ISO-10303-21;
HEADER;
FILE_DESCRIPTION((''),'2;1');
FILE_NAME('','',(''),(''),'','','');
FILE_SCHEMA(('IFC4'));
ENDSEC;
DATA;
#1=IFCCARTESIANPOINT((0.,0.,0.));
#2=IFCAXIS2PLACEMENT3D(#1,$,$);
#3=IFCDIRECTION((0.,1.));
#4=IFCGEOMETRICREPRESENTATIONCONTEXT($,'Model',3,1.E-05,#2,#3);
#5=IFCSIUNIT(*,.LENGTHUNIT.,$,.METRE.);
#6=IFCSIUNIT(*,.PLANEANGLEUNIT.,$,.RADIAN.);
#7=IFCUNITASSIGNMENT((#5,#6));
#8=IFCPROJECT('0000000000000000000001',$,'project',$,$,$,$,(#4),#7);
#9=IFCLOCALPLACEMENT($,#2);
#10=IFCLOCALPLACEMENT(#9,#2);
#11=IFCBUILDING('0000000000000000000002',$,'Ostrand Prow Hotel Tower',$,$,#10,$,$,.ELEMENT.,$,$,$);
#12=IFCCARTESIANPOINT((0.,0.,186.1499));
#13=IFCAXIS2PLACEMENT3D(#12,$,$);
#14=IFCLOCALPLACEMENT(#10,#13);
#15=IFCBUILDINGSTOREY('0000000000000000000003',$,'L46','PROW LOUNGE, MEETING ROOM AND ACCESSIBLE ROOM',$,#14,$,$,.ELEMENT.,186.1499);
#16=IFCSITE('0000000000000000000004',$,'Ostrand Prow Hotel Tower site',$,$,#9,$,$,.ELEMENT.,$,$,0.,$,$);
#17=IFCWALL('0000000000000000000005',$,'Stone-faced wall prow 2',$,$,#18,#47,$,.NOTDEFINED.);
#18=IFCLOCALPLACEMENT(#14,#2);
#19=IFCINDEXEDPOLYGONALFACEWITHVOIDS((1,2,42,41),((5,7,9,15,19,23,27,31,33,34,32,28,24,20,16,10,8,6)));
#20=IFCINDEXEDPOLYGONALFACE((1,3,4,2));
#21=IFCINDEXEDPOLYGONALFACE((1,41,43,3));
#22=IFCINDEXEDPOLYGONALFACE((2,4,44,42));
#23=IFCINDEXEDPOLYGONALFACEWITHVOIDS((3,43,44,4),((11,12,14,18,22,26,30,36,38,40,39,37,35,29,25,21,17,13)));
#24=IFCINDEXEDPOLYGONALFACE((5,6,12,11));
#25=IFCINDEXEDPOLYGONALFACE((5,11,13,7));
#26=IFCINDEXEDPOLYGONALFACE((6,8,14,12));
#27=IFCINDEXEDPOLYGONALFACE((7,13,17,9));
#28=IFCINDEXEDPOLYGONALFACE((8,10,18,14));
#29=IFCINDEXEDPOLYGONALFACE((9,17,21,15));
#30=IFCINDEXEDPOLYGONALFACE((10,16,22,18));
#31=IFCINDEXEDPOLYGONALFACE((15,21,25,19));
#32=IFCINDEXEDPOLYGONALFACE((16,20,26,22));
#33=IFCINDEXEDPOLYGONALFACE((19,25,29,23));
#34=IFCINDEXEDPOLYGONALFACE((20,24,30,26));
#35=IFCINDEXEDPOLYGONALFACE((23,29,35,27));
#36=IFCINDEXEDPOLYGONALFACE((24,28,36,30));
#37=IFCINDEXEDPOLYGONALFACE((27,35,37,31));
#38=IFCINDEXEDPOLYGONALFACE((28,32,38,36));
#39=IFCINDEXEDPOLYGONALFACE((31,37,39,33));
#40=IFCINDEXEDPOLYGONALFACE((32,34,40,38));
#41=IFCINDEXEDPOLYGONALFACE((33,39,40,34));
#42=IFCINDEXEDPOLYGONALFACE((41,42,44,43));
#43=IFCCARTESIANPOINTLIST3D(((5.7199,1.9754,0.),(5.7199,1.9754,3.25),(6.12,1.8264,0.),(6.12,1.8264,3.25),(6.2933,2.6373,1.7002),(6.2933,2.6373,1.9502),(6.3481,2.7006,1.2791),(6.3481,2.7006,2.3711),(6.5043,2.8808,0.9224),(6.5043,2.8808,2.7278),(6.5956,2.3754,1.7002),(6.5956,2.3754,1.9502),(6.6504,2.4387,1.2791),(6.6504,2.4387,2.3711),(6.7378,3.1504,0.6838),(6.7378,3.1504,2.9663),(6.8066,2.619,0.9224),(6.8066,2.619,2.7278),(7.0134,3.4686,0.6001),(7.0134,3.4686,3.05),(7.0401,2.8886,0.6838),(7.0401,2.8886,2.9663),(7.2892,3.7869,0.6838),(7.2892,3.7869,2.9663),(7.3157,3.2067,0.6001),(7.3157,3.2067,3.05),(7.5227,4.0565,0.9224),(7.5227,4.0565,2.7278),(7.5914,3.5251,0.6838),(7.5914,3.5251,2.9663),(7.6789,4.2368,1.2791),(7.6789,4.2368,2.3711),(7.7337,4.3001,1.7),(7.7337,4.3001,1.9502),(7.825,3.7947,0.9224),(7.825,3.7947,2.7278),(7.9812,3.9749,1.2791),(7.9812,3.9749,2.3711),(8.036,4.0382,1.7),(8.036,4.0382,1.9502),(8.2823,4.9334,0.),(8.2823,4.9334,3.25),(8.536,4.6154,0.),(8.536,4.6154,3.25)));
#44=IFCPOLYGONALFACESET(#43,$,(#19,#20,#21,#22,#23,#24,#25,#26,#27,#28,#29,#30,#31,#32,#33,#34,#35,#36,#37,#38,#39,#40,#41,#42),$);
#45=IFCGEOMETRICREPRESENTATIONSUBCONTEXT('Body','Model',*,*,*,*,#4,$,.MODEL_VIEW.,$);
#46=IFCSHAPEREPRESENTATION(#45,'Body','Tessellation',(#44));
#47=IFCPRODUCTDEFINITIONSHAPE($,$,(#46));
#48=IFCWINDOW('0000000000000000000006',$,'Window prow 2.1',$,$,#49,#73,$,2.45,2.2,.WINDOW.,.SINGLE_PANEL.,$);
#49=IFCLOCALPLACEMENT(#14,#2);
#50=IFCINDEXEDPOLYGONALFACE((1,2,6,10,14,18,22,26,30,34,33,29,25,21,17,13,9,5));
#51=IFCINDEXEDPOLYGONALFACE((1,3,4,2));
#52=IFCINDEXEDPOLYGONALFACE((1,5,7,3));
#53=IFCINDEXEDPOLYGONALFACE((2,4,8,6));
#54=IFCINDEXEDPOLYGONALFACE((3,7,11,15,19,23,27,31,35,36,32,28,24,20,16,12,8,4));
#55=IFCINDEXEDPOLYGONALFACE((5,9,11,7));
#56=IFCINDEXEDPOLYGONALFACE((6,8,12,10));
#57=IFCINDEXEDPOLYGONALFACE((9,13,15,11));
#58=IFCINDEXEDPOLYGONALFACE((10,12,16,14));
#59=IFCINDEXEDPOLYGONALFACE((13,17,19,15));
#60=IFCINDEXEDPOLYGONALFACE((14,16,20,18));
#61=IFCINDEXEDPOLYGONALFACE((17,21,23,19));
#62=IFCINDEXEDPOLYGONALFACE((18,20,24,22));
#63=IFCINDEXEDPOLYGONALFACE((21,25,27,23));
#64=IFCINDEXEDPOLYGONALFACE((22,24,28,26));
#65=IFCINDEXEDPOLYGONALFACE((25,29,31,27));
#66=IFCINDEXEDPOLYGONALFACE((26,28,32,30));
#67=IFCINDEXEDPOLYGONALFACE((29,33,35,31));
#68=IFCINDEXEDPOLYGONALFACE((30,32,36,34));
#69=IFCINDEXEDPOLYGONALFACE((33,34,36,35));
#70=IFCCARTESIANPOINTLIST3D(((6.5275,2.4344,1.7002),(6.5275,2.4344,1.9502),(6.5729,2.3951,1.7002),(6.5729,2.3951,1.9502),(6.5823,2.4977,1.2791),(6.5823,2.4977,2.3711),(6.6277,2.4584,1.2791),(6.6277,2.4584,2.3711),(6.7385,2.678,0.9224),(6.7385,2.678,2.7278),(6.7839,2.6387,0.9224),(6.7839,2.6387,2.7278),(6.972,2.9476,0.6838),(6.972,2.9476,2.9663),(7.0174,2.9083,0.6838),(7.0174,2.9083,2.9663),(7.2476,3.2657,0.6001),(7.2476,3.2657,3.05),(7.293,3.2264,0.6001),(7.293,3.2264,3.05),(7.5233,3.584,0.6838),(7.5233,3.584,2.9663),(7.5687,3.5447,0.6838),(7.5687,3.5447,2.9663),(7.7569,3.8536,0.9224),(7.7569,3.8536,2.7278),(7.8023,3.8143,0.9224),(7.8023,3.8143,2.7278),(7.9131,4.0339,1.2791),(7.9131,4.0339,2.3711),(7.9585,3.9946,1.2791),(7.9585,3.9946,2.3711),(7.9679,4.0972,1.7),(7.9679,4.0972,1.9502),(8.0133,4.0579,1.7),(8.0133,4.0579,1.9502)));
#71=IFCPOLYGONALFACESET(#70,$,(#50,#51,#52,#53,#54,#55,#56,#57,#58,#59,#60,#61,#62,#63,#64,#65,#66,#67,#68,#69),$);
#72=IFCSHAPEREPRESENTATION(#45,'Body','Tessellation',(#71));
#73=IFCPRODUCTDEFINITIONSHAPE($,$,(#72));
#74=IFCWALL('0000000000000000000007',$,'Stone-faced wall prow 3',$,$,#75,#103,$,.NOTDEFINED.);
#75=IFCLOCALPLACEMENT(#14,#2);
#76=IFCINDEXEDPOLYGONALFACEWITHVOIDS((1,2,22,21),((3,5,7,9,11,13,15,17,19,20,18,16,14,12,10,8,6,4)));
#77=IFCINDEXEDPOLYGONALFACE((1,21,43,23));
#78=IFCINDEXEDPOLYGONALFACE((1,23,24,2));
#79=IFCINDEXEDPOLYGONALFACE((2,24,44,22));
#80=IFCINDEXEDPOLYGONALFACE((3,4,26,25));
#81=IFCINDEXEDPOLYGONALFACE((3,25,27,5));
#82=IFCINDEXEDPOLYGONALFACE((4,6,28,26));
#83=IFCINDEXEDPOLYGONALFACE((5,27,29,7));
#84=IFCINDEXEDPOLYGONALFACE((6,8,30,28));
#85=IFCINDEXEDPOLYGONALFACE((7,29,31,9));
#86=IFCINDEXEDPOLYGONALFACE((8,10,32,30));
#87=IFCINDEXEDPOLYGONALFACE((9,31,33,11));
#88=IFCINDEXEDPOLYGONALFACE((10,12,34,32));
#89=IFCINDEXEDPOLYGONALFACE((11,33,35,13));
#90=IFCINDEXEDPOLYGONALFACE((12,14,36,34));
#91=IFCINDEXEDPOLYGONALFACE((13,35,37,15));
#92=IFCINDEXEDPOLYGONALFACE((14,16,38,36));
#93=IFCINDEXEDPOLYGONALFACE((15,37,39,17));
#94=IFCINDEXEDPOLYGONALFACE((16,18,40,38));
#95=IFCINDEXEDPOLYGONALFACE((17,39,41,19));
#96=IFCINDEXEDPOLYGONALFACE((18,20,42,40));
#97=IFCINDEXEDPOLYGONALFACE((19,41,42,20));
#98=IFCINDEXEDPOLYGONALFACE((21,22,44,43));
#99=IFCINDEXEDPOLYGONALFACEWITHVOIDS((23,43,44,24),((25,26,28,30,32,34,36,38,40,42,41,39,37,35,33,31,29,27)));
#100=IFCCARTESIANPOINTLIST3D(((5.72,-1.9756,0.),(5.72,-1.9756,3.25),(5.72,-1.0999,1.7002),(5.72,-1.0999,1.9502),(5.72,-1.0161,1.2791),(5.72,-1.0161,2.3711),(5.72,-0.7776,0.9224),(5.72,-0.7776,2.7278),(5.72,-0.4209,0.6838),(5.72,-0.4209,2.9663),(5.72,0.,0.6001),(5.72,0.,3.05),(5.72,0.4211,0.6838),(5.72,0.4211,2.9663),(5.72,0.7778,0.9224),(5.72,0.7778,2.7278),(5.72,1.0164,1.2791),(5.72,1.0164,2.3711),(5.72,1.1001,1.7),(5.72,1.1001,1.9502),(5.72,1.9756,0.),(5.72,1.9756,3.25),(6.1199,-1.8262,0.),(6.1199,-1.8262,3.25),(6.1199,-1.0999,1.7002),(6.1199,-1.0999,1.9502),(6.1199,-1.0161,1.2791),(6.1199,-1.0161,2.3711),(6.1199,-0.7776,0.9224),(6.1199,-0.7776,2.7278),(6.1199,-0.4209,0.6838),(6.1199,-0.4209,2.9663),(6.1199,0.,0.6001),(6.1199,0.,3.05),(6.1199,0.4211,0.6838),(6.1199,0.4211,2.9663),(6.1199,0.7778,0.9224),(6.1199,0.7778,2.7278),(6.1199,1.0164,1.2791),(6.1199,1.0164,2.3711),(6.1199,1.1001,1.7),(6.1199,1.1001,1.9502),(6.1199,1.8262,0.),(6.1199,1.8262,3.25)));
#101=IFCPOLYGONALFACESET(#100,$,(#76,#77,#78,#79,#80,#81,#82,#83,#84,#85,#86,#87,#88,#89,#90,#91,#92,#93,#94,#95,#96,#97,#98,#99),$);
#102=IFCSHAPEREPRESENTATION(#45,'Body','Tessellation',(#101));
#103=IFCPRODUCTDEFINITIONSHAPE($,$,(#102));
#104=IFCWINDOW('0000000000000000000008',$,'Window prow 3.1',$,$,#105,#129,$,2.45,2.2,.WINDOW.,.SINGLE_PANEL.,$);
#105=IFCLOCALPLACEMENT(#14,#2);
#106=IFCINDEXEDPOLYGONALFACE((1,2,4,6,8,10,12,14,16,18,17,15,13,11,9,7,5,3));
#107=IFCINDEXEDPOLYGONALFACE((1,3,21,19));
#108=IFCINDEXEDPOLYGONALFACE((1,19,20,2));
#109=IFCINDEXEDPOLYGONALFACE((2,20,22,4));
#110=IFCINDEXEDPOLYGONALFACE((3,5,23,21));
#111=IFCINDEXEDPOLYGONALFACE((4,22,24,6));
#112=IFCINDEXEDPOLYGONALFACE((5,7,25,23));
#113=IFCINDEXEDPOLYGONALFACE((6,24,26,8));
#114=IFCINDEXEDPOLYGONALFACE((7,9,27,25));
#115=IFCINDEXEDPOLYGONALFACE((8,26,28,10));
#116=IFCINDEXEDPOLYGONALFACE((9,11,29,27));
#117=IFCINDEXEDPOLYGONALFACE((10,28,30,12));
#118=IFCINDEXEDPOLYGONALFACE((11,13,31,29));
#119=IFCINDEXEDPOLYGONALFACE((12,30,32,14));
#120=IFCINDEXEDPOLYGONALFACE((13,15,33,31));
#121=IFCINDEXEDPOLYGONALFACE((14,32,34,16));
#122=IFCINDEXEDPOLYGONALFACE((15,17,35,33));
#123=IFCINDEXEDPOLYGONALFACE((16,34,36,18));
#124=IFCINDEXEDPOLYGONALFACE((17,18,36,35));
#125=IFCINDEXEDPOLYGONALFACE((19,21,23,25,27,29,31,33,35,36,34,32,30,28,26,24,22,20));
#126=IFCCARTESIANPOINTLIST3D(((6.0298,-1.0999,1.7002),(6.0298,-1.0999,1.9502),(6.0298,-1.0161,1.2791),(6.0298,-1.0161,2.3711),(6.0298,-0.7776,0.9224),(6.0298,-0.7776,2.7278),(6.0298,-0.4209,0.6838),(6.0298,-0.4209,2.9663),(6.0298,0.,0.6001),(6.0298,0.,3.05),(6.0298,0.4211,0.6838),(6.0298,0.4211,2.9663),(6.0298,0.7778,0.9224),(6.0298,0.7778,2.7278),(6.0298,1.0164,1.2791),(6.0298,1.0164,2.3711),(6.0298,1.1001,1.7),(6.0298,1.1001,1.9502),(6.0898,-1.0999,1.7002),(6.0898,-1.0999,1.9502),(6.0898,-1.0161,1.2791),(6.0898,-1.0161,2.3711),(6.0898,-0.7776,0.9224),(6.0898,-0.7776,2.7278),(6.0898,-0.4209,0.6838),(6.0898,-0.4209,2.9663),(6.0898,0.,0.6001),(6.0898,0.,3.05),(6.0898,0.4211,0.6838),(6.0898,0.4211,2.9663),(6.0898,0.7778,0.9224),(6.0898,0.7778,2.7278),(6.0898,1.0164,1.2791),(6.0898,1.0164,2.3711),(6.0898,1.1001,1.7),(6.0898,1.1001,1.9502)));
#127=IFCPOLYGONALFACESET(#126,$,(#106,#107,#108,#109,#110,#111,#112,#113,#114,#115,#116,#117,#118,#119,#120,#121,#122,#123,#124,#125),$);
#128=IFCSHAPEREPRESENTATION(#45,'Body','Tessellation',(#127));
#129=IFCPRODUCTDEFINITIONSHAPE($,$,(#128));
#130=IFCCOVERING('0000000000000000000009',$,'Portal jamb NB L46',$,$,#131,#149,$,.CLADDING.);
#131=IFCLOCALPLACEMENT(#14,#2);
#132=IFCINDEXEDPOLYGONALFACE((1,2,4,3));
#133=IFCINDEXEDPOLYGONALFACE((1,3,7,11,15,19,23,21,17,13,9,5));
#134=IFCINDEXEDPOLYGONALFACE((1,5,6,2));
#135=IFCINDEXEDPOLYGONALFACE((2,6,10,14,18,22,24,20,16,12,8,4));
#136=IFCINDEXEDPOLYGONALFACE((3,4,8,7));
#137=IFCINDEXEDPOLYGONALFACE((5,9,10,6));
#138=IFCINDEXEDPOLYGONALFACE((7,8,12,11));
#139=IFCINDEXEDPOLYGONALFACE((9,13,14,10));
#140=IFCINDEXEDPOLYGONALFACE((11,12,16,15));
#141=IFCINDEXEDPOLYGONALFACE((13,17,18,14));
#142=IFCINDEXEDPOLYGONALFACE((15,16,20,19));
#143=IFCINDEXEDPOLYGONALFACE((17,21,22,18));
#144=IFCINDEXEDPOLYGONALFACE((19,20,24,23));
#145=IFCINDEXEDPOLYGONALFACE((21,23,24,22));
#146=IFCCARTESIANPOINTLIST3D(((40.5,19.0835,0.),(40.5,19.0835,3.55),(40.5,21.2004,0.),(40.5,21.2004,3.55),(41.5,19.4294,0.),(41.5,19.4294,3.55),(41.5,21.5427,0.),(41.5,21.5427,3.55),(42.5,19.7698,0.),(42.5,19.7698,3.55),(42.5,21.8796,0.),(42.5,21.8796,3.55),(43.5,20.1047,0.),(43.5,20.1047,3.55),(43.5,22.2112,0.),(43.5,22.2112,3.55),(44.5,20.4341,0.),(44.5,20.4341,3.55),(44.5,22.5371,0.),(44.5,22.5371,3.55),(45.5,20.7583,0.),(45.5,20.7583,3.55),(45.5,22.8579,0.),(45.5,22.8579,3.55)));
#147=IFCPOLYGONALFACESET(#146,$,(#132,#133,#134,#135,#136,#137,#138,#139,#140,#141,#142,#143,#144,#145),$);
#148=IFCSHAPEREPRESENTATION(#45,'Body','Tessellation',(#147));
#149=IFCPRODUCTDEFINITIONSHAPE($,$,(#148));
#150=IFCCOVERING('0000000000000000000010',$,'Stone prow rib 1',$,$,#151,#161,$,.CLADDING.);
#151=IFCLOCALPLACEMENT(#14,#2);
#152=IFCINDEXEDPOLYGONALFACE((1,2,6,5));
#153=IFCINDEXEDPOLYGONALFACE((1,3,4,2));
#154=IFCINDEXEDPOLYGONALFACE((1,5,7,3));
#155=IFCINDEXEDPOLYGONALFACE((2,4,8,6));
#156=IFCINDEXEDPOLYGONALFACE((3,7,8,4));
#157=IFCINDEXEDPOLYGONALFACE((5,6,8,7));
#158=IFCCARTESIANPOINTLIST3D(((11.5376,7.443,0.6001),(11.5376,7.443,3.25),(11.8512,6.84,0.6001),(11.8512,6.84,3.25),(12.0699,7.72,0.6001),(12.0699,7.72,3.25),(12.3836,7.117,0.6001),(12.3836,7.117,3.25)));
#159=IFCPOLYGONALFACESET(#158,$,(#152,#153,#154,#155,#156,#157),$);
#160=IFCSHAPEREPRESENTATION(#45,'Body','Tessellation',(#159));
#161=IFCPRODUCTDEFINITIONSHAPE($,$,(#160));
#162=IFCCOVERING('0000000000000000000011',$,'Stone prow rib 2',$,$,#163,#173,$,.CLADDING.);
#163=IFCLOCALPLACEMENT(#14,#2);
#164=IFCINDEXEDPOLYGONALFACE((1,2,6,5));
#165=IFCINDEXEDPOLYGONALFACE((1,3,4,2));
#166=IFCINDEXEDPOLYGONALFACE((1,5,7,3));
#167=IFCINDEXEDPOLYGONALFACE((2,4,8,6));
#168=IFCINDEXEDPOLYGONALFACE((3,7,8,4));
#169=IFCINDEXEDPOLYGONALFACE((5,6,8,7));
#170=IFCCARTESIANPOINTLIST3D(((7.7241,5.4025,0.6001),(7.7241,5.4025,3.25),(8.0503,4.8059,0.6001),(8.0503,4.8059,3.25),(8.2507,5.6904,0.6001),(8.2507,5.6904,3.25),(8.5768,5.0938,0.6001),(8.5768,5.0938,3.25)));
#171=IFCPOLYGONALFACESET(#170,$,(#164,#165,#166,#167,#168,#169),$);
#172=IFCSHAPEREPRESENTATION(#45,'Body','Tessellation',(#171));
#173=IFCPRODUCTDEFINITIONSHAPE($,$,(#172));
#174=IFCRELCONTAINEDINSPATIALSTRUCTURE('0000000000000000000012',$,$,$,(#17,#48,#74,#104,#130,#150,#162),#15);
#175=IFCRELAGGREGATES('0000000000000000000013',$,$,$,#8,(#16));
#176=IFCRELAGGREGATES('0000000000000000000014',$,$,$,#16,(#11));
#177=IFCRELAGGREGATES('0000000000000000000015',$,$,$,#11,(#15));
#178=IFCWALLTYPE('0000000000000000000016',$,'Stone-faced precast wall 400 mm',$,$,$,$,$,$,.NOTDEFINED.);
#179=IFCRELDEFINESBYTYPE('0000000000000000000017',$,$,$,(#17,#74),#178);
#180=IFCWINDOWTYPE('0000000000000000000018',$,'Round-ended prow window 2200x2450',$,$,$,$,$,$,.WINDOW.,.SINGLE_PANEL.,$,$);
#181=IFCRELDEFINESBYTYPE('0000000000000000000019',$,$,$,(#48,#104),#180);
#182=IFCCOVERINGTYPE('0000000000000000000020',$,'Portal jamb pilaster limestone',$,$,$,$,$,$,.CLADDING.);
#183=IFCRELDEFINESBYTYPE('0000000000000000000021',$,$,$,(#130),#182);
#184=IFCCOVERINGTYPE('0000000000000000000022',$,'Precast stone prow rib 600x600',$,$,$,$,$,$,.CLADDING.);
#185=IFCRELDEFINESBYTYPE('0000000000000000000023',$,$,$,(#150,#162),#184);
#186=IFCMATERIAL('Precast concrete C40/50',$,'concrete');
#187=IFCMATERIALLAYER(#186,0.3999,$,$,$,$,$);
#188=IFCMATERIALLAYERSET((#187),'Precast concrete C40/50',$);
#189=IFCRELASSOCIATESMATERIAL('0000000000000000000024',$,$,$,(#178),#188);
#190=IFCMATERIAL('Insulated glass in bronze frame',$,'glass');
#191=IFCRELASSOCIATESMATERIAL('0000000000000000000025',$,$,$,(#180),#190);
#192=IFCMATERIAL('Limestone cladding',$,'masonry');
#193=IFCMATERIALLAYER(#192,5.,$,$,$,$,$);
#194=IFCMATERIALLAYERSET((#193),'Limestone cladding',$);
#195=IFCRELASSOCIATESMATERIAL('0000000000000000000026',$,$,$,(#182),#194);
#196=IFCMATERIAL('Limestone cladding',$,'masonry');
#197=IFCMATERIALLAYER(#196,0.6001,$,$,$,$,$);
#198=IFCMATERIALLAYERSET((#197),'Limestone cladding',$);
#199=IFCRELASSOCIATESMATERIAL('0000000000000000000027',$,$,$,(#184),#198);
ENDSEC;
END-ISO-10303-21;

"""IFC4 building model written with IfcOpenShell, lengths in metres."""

from ifc_helpers import new_model, si_unit, direction, frame, frame_2d, origin, place, context, subcontext, project, spatial, polyline, rectangle, outline, extrude, material, layer, layer_set, type_object, element, fill, save


model = new_model("IFC4")

# Units and contexts
model_context = context("Model", 3, precision=1e-05, world=origin(), true_north=direction((0.0, 1.0)))
body_context = subcontext(model_context, "Body", "Model", "MODEL_VIEW")
ifc_project = project(units=[si_unit("LENGTHUNIT", "METRE"), si_unit("PLANEANGLEUNIT", "RADIAN")], contexts=[model_context])

# Site, building, storey
site_placement = place(None, origin())
site = spatial("IfcSite", under=ifc_project, at=site_placement, Name="Ostrand Prow Hotel Tower site", CompositionType="ELEMENT", RefElevation=0.0)
building_placement = place(site_placement, origin())
building = spatial("IfcBuilding", under=site, at=building_placement, Name="Ostrand Prow Hotel Tower", CompositionType="ELEMENT")
storey_placement = place(building_placement, frame((0.0, 0.0, 186.1499)))
storey = spatial("IfcBuildingStorey", under=building, at=storey_placement, Name="L46", Description="PROW LOUNGE, MEETING ROOM AND ACCESSIBLE ROOM", CompositionType="ELEMENT", Elevation=186.1499)

# Walls, openings, windows
ifc_material_1 = material(Name="Precast concrete C40/50", Category="concrete")
ifc_layer_1 = layer(ifc_material_1, 0.3999)
ifc_layer_set_1 = layer_set([ifc_layer_1], Name="Precast concrete C40/50")
wall_type = type_object("IfcWallType", Name="Stone-faced precast wall 400 mm", PredefinedType="NOTDEFINED", material=ifc_layer_set_1)
ifc_material_2 = material(Name="Insulated glass in bronze frame", Category="glass")
window_type = type_object("IfcWindowType", Name="Round-ended prow window 2200x2450", PartitioningType="SINGLE_PANEL", PredefinedType="WINDOW", material=ifc_material_2)
wall_1_placement = place(storey_placement, frame((8.4092, 4.7744, 0.0), z_axis=(0.0, 0.0, 1.0), x_axis=(-0.654759, -0.755837, 0.0)))
wall_1 = element("IfcWall", 1, at=wall_1_placement, inside=storey, type_object=wall_type, Name="Stone-faced wall prow 2", PredefinedType="NOTDEFINED", context=body_context, shape_type="SweptSolid", body=[
    extrude(outline(polyline([(-0.0371, -0.2), (3.8765, -0.2), (3.7271, 0.2), (0.0371, 0.2), (-0.0371, -0.2)])), origin(), (0.0, 0.0, 1.0), 3.25),
])
opening_1_placement = place(wall_1_placement, frame((0.8008, 0.0, 0.6001)))
opening_1 = element("IfcOpeningElement", 2, at=opening_1_placement, cuts=wall_1, PredefinedType="OPENING", context=body_context, shape_type="SweptSolid", body=[
    extrude(outline(polyline([(0.0, 1.3501), (0.0837, 1.771), (0.3223, 2.1277), (0.679, 2.3662), (1.1001, 2.45), (1.521, 2.3662), (1.8777, 2.1277), (2.1162, 1.771), (2.2, 1.3501), (2.2, 1.1001), (2.1162, 0.679), (1.8777, 0.3223), (1.521, 0.0837), (1.1001, 0.0), (0.679, 0.0837), (0.3223, 0.3223), (0.0837, 0.679), (0.0, 1.0999), (0.0, 1.3501)])), frame((0.0, 0.21, 0.0), z_axis=(0.0, -1.0, 0.0), x_axis=(1.0, 0.0, 0.0)), (0.0, 0.0, 1.0), 0.4199),
])
window_1_placement = place(opening_1_placement, origin())
window_1 = element("IfcWindow", 3, at=window_1_placement, inside=storey, type_object=window_type, Name="Window prow 2.1", OverallHeight=2.45, OverallWidth=2.2, PartitioningType="SINGLE_PANEL", PredefinedType="WINDOW", context=body_context, shape_type="SweptSolid", body=[
    extrude(outline(polyline([(0.0, 1.3501), (0.0837, 1.771), (0.3223, 2.1277), (0.679, 2.3662), (1.1001, 2.45), (1.521, 2.3662), (1.8777, 2.1277), (2.1162, 1.771), (2.2, 1.3501), (2.2, 1.1001), (2.1162, 0.679), (1.8777, 0.3223), (1.521, 0.0837), (1.1001, 0.0), (0.679, 0.0837), (0.3223, 0.3223), (0.0837, 0.679), (0.0, 1.0999), (0.0, 1.3501)])), frame((0.0, 0.1699, 0.0), z_axis=(0.0, -1.0, 0.0), x_axis=(1.0, 0.0, 0.0)), (0.0, 0.0, 1.0), 0.0601),
])
fill(opening_1, window_1)
wall_2_placement = place(storey_placement, frame((5.9199, 1.9009, 0.0), z_axis=(0.0, 0.0, 1.0), x_axis=(0.0, -1.0, 0.0)))
wall_2 = element("IfcWall", 4, at=wall_2_placement, inside=storey, type_object=wall_type, Name="Stone-faced wall prow 3", PredefinedType="NOTDEFINED", context=body_context, shape_type="SweptSolid", body=[
    extrude(outline(polyline([(-0.0747, -0.2), (3.8765, -0.2), (3.7271, 0.2), (0.0747, 0.2), (-0.0747, -0.2)])), origin(), (0.0, 0.0, 1.0), 3.25),
])
opening_2_placement = place(wall_2_placement, frame((0.8008, 0.0, 0.6001)))
opening_2 = element("IfcOpeningElement", 5, at=opening_2_placement, cuts=wall_2, PredefinedType="OPENING", context=body_context, shape_type="SweptSolid", body=[
    extrude(outline(polyline([(0.0, 1.3501), (0.0837, 1.771), (0.3223, 2.1277), (0.679, 2.3662), (1.1001, 2.45), (1.521, 2.3662), (1.8777, 2.1277), (2.1162, 1.771), (2.2, 1.3501), (2.2, 1.1001), (2.1162, 0.679), (1.8777, 0.3223), (1.521, 0.0837), (1.1001, 0.0), (0.679, 0.0837), (0.3223, 0.3223), (0.0837, 0.679), (0.0, 1.0999), (0.0, 1.3501)])), frame((0.0, 0.21, 0.0), z_axis=(0.0, -1.0, 0.0), x_axis=(1.0, 0.0, 0.0)), (0.0, 0.0, 1.0), 0.4199),
])
window_2_placement = place(opening_2_placement, origin())
window_2 = element("IfcWindow", 6, at=window_2_placement, inside=storey, type_object=window_type, Name="Window prow 3.1", OverallHeight=2.45, OverallWidth=2.2, PartitioningType="SINGLE_PANEL", PredefinedType="WINDOW", context=body_context, shape_type="SweptSolid", body=[
    extrude(outline(polyline([(0.0, 1.3501), (0.0837, 1.771), (0.3223, 2.1277), (0.679, 2.3662), (1.1001, 2.45), (1.521, 2.3662), (1.8777, 2.1277), (2.1162, 1.771), (2.2, 1.3501), (2.2, 1.1001), (2.1162, 0.679), (1.8777, 0.3223), (1.521, 0.0837), (1.1001, 0.0), (0.679, 0.0837), (0.3223, 0.3223), (0.0837, 0.679), (0.0, 1.0999), (0.0, 1.3501)])), frame((0.0, 0.1699, 0.0), z_axis=(0.0, -1.0, 0.0), x_axis=(1.0, 0.0, 0.0)), (0.0, 0.0, 1.0), 0.0601),
])
fill(opening_2, window_2)

# Coverings
ifc_material_3 = material(Name="Limestone cladding", Category="masonry")
ifc_layer_2 = layer(ifc_material_3, 5.0)
ifc_layer_set_2 = layer_set([ifc_layer_2], Name="Limestone cladding")
covering_type_1 = type_object("IfcCoveringType", Name="Portal jamb pilaster limestone", PredefinedType="CLADDING", material=ifc_layer_set_2)
covering_1_placement = place(storey_placement, origin())
element("IfcCovering", 7, at=covering_1_placement, inside=storey, type_object=covering_type_1, Name="Portal jamb NB L46", PredefinedType="CLADDING", context=body_context, shape_type="SweptSolid", body=[
    extrude(outline(polyline([(40.5, 19.0835), (41.5, 19.4294), (42.5, 19.7698), (43.5, 20.1047), (44.5, 20.4341), (45.5, 20.7583), (45.5, 22.8579), (44.5, 22.5371), (43.5, 22.2112), (42.5, 21.8796), (41.5, 21.5427), (40.5, 21.2004), (40.5, 19.0835)])), origin(), (0.0, 0.0, 1.0), 3.55),
])
ifc_material_4 = material(Name="Limestone cladding", Category="masonry")
ifc_layer_3 = layer(ifc_material_4, 0.6001)
ifc_layer_set_3 = layer_set([ifc_layer_3], Name="Limestone cladding")
covering_type_2 = type_object("IfcCoveringType", Name="Precast stone prow rib 600x600", PredefinedType="CLADDING", material=ifc_layer_set_3)
covering_2_placement = place(storey_placement, frame((12.1174, 6.9785, 0.6001), z_axis=(0.0, 0.0, 1.0), x_axis=(-0.461522, 0.887129, 0.0)))
element("IfcCovering", 8, at=covering_2_placement, inside=storey, type_object=covering_type_2, Name="Stone prow rib 1", PredefinedType="CLADDING", context=body_context, shape_type="SweptSolid", body=[
    extrude(rectangle(XDim=0.6797, YDim=0.6001, at=frame_2d((0.3398, 0.0))), origin(), (0.0, 0.0, 1.0), 2.6499),
])
covering_3_placement = place(storey_placement, frame((8.3135, 4.95, 0.6001), z_axis=(0.0, 0.0, 1.0), x_axis=(-0.479657, 0.877456, 0.0)))
element("IfcCovering", 9, at=covering_3_placement, inside=storey, type_object=covering_type_2, Name="Stone prow rib 2", PredefinedType="CLADDING", context=body_context, shape_type="SweptSolid", body=[
    extrude(rectangle(XDim=0.6799, YDim=0.6001, at=frame_2d((0.3398, 0.0))), origin(), (0.0, 0.0, 1.0), 2.6499),
])

save(model, "model.ifc")
